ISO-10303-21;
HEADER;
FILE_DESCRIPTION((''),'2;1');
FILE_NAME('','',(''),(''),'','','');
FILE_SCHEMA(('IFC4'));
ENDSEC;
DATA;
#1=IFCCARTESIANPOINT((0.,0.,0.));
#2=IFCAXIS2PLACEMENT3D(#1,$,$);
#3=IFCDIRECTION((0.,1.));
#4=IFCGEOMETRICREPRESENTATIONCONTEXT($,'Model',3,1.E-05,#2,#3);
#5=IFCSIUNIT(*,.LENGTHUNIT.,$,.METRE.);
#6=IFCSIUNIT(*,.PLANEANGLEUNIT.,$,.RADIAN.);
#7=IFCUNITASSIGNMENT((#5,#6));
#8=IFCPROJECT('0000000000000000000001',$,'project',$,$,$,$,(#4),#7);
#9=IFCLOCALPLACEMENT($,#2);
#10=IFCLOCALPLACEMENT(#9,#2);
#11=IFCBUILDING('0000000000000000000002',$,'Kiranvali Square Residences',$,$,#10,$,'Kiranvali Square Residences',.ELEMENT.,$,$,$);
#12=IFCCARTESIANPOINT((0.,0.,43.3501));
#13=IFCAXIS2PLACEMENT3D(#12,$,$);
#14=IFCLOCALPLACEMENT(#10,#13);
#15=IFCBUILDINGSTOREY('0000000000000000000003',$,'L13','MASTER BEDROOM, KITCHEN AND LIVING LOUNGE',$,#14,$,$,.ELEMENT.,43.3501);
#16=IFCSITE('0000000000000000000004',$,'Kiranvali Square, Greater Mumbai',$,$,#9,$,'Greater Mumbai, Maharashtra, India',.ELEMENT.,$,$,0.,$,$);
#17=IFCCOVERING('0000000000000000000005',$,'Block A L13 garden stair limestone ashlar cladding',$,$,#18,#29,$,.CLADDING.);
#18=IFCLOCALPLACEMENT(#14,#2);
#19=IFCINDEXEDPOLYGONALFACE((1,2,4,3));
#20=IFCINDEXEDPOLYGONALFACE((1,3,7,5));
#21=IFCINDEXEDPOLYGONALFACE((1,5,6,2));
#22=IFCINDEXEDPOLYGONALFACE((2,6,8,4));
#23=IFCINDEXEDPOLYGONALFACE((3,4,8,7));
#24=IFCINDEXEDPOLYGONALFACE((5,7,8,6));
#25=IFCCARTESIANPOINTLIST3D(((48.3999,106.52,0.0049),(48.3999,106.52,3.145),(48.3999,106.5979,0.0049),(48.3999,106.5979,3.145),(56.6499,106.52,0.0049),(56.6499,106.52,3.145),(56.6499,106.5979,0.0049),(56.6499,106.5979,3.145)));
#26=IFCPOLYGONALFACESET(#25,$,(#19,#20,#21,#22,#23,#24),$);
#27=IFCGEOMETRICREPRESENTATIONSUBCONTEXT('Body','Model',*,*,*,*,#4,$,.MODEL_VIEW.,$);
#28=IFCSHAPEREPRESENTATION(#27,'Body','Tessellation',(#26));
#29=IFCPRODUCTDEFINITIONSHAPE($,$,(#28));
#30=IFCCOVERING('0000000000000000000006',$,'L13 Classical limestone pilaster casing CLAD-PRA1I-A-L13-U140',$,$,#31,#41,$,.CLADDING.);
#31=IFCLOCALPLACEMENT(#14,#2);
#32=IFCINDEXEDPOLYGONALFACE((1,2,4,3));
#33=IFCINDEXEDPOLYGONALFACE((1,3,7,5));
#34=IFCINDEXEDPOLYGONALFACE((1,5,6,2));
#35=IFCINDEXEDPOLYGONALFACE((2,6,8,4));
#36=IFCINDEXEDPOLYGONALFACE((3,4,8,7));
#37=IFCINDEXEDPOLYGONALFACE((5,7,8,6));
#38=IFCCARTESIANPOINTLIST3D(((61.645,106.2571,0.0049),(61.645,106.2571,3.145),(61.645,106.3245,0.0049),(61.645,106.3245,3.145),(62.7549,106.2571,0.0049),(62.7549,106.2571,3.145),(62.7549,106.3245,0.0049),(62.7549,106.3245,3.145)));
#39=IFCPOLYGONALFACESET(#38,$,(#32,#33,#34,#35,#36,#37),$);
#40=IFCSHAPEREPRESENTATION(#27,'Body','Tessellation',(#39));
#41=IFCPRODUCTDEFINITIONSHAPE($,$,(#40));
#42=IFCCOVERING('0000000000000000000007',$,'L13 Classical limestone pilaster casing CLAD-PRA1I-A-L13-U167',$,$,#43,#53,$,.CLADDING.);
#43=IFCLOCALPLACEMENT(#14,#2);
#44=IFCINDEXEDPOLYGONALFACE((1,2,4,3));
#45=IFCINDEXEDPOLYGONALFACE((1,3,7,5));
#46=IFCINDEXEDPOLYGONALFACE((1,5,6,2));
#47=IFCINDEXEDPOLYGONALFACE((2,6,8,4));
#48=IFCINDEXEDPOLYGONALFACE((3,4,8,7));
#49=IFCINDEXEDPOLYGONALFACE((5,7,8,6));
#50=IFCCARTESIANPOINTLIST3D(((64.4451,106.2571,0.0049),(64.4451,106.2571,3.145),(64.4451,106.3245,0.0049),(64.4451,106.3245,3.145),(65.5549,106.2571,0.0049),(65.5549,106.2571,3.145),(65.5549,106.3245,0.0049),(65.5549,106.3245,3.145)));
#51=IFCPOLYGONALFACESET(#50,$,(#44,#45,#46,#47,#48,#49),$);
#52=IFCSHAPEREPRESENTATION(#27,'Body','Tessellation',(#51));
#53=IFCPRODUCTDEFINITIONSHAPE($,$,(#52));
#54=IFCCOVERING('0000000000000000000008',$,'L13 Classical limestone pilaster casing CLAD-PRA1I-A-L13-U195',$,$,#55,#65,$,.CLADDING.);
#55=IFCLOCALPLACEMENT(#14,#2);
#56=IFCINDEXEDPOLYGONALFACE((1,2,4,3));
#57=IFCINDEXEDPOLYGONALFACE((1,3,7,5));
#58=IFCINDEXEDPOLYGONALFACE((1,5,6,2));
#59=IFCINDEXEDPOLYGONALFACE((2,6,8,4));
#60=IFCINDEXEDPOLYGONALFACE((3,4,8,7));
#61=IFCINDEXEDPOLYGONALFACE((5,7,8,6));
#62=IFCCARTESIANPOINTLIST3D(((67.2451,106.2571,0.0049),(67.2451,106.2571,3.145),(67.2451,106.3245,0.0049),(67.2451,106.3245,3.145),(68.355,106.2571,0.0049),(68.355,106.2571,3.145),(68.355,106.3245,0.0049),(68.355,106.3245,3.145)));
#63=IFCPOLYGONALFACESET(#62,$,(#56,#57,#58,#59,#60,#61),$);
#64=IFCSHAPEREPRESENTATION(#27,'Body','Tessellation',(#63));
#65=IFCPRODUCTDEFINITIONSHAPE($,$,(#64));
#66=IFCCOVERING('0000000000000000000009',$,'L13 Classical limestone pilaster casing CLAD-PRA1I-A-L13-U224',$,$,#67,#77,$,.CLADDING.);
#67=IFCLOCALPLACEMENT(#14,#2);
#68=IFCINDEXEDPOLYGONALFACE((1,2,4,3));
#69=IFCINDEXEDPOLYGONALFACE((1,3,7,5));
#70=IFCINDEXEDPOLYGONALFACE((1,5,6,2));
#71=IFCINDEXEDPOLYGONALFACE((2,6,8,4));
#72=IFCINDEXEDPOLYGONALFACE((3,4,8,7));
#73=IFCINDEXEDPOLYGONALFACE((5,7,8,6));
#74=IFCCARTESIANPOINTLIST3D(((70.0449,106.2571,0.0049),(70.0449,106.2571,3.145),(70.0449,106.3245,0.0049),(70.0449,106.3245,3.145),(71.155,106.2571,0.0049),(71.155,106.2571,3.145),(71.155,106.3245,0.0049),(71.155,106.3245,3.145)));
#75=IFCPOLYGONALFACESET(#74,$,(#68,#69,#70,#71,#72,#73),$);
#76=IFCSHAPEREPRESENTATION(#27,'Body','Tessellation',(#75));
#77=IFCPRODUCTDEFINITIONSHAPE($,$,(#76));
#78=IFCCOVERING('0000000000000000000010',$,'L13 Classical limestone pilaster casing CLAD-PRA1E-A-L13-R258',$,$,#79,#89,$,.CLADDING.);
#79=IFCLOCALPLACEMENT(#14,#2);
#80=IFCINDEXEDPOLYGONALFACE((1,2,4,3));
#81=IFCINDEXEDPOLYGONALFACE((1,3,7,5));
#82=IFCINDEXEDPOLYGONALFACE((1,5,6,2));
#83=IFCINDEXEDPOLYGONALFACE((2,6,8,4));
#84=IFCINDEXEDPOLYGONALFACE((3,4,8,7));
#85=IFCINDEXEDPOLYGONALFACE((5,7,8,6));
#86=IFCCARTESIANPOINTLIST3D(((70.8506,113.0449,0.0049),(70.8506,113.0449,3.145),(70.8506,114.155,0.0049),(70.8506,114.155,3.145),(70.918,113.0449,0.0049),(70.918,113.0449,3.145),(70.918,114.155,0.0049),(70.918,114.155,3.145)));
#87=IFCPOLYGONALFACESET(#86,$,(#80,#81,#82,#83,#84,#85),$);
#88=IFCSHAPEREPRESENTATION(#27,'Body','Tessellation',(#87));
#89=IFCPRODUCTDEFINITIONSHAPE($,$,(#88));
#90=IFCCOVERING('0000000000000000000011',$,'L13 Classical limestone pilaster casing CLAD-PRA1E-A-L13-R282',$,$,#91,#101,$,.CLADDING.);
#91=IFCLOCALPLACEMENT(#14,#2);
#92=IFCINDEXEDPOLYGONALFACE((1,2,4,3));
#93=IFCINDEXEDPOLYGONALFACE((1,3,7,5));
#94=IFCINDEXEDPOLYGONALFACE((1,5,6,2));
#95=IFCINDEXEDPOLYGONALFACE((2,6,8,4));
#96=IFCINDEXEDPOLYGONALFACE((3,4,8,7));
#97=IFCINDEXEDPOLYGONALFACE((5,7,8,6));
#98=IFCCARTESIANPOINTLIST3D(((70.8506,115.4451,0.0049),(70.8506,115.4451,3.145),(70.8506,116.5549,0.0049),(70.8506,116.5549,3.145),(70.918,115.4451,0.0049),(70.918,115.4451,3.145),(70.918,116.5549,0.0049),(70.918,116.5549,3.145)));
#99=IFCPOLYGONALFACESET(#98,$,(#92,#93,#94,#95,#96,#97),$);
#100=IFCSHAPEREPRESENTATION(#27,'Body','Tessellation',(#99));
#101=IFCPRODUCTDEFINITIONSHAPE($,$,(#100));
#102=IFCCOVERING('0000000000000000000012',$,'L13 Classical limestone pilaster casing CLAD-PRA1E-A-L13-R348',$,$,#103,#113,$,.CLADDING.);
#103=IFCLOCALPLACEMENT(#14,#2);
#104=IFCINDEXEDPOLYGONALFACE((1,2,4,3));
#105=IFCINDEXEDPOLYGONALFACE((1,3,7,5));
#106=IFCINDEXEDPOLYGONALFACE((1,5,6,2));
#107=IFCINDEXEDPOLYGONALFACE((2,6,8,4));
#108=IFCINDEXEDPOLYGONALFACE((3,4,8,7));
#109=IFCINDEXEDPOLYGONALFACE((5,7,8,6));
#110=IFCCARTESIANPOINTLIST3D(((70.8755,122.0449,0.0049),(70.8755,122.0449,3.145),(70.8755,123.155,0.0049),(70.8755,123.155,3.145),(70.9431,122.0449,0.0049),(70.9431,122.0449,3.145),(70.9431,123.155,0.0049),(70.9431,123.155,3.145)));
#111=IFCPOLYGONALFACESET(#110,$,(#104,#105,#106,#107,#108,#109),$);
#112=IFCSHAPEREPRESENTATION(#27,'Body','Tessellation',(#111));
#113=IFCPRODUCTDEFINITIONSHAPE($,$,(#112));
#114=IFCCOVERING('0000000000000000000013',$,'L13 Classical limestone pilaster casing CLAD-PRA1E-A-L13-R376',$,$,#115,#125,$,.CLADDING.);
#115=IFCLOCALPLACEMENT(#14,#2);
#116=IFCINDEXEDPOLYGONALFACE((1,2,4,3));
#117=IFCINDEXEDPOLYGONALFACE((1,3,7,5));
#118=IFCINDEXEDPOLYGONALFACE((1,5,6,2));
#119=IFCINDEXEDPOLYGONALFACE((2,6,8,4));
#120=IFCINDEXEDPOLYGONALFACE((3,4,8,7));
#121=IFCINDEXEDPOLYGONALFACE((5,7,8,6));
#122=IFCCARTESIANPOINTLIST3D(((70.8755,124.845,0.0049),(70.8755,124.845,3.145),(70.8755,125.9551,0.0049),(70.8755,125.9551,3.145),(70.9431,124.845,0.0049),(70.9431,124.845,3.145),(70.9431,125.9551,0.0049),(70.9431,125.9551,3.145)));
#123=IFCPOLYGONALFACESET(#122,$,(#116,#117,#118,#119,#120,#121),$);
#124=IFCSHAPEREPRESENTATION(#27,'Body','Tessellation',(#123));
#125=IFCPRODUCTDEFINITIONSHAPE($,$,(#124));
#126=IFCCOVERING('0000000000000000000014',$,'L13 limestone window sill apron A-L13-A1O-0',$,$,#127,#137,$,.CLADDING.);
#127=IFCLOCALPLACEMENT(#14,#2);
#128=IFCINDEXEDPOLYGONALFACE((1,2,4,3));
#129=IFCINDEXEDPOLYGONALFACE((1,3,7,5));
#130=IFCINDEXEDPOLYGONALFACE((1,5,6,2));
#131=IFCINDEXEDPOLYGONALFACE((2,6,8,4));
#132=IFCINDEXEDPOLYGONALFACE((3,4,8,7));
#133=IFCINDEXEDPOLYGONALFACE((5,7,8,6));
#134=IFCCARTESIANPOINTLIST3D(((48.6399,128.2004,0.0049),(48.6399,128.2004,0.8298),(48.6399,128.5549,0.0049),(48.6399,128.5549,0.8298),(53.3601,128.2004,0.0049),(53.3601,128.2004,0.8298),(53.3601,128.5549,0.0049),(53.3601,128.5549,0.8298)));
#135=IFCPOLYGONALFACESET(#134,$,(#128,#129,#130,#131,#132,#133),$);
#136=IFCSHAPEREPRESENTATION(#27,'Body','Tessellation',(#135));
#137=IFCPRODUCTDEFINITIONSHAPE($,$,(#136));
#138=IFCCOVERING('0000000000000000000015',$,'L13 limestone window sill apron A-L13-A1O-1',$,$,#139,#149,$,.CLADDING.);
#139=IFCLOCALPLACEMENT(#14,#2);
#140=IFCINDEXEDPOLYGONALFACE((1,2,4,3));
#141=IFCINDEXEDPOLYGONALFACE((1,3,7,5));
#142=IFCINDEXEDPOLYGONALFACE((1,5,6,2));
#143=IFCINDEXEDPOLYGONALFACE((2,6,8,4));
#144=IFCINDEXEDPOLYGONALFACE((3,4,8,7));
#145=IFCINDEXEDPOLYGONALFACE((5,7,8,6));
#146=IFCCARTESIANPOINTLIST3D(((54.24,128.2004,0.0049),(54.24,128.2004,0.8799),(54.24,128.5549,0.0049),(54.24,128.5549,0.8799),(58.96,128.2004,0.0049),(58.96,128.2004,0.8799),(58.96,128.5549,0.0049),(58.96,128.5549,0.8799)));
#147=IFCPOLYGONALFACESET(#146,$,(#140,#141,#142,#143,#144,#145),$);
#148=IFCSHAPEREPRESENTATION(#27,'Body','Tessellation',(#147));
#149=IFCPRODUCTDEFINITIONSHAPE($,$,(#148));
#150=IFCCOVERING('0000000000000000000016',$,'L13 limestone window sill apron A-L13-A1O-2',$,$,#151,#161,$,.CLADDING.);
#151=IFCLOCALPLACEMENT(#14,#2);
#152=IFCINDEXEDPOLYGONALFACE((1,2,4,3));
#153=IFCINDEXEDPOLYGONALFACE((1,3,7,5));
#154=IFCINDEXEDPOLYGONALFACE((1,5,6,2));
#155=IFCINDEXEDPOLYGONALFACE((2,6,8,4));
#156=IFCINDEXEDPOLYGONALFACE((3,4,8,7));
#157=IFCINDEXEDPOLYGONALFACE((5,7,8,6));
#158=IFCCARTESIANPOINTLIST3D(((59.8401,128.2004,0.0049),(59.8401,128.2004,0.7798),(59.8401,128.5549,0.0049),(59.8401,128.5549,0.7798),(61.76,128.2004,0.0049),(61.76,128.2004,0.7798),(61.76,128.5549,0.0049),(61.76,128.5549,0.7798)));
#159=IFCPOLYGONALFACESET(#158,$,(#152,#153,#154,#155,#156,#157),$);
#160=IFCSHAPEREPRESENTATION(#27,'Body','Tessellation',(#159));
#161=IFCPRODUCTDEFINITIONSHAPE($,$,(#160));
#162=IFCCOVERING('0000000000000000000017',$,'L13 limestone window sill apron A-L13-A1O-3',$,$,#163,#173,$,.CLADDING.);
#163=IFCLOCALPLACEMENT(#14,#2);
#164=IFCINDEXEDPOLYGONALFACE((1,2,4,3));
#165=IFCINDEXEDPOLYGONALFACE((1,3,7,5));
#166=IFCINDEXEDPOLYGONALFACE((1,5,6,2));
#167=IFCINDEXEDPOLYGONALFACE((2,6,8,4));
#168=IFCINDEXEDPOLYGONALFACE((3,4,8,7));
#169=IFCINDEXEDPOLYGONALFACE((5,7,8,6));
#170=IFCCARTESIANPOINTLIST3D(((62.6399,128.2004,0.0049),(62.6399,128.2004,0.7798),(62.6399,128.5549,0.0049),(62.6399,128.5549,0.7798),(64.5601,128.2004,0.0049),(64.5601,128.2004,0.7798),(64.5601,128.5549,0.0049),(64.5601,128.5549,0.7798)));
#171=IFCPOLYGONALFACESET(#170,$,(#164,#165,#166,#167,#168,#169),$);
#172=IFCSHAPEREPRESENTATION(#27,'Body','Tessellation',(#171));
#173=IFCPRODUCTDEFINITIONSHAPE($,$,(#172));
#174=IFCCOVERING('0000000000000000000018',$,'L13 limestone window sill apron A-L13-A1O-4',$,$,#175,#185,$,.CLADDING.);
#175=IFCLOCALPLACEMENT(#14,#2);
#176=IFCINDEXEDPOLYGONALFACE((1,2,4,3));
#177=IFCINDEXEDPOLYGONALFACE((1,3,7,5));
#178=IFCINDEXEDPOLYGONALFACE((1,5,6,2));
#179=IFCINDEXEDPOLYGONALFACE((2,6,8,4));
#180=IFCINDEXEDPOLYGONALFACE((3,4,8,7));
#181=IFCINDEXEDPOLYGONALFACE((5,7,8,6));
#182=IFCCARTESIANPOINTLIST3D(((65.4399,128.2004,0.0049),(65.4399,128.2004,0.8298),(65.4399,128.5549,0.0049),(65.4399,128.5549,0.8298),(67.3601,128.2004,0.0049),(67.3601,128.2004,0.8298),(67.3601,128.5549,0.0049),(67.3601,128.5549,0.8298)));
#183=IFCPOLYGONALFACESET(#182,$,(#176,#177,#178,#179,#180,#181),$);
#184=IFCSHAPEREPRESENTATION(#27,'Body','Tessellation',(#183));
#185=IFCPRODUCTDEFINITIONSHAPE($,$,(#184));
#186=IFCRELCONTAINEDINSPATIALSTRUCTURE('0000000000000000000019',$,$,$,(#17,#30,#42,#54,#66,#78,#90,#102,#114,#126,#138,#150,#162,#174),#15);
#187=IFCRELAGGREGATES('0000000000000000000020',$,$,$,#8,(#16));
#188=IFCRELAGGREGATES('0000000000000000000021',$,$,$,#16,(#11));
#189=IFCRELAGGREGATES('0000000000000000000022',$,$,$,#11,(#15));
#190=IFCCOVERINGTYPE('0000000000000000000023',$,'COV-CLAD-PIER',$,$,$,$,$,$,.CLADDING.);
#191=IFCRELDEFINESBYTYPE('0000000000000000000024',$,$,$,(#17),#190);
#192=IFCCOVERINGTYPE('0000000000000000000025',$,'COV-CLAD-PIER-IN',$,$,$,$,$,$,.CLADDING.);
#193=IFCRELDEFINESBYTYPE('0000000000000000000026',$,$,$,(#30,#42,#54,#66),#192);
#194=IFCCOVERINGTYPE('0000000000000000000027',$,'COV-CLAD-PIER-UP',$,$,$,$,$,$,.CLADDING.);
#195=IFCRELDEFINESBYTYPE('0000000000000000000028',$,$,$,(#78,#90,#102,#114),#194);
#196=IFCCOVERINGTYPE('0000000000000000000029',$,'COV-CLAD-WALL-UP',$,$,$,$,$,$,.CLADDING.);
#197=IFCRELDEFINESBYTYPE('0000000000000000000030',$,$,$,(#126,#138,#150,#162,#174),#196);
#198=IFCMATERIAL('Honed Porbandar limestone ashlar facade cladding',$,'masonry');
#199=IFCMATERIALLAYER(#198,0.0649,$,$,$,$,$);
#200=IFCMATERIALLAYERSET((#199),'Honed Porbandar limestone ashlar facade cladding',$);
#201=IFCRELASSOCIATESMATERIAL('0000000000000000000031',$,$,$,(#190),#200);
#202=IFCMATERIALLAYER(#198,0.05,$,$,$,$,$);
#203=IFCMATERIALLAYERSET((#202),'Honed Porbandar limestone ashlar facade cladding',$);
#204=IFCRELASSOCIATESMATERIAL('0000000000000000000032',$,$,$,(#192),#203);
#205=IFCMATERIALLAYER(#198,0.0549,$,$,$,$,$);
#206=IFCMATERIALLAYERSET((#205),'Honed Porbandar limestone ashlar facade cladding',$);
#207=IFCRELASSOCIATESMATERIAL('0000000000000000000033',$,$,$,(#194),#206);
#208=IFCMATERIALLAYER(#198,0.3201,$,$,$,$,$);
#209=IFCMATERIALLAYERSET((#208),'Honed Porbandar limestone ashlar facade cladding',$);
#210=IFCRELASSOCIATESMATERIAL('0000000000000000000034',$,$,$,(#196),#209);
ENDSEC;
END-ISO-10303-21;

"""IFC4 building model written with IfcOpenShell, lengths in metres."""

from ifc_helpers import new_model, si_unit, direction, frame, origin, place, context, subcontext, project, spatial, polyline, outline, extrude, material, layer, layer_set, type_object, element, save


model = new_model("IFC4")

# Units and contexts
model_context = context("Model", 3, precision=1e-05, world=origin(), true_north=direction((0.0, 1.0)))
body_context = subcontext(model_context, "Body", "Model", "MODEL_VIEW")
ifc_project = project(units=[si_unit("LENGTHUNIT", "METRE"), si_unit("PLANEANGLEUNIT", "RADIAN")], contexts=[model_context])

# Site, building, storey
site_placement = place(None, origin())
site = spatial("IfcSite", under=ifc_project, at=site_placement, Name="Kiranvali Square, Greater Mumbai", LongName="Greater Mumbai, Maharashtra, India", CompositionType="ELEMENT", RefElevation=0.0)
building_placement = place(site_placement, origin())
building = spatial("IfcBuilding", under=site, at=building_placement, Name="Kiranvali Square Residences", LongName="Kiranvali Square Residences", CompositionType="ELEMENT")
storey_placement = place(building_placement, frame((0.0, 0.0, 43.3501)))
storey = spatial("IfcBuildingStorey", under=building, at=storey_placement, Name="L13", Description="MASTER BEDROOM, KITCHEN AND LIVING LOUNGE", CompositionType="ELEMENT", Elevation=43.3501)

# Coverings
ifc_material = material(Name="Honed Porbandar limestone ashlar facade cladding", Category="masonry")
ifc_layer_1 = layer(ifc_material, 0.0649)
ifc_layer_set_1 = layer_set([ifc_layer_1], Name="Honed Porbandar limestone ashlar facade cladding")
covering_type_1 = type_object("IfcCoveringType", Name="COV-CLAD-PIER", PredefinedType="CLADDING", material=ifc_layer_set_1)
covering_1_placement = place(storey_placement, frame((0.0, 0.0, 0.0049)))
element("IfcCovering", 1, at=covering_1_placement, inside=storey, type_object=covering_type_1, Name="Block A L13 garden stair limestone ashlar cladding", PredefinedType="CLADDING", context=body_context, shape_type="SweptSolid", body=[
    extrude(outline(polyline([(48.3999, 106.52), (56.6499, 106.52), (56.6499, 106.5979), (48.3999, 106.5979), (48.3999, 106.52)])), origin(), (0.0, 0.0, 1.0), 3.1401),
])
ifc_layer_2 = layer(ifc_material, 0.05)
ifc_layer_set_2 = layer_set([ifc_layer_2], Name="Honed Porbandar limestone ashlar facade cladding")
covering_type_2 = type_object("IfcCoveringType", Name="COV-CLAD-PIER-IN", PredefinedType="CLADDING", material=ifc_layer_set_2)
covering_2_placement = place(storey_placement, frame((0.0, 0.0, 0.0049)))
element("IfcCovering", 2, at=covering_2_placement, inside=storey, type_object=covering_type_2, Name="L13 Classical limestone pilaster casing CLAD-PRA1I-A-L13-U140", PredefinedType="CLADDING", context=body_context, shape_type="SweptSolid", body=[
    extrude(outline(polyline([(61.645, 106.2571), (62.7549, 106.2571), (62.7549, 106.3245), (61.645, 106.3245), (61.645, 106.2571)])), origin(), (0.0, 0.0, 1.0), 3.1401),
])
covering_3_placement = place(storey_placement, frame((0.0, 0.0, 0.0049)))
element("IfcCovering", 3, at=covering_3_placement, inside=storey, type_object=covering_type_2, Name="L13 Classical limestone pilaster casing CLAD-PRA1I-A-L13-U167", PredefinedType="CLADDING", context=body_context, shape_type="SweptSolid", body=[
    extrude(outline(polyline([(64.4451, 106.2571), (65.5549, 106.2571), (65.5549, 106.3245), (64.4451, 106.3245), (64.4451, 106.2571)])), origin(), (0.0, 0.0, 1.0), 3.1401),
])
covering_4_placement = place(storey_placement, frame((0.0, 0.0, 0.0049)))
element("IfcCovering", 4, at=covering_4_placement, inside=storey, type_object=covering_type_2, Name="L13 Classical limestone pilaster casing CLAD-PRA1I-A-L13-U195", PredefinedType="CLADDING", context=body_context, shape_type="SweptSolid", body=[
    extrude(outline(polyline([(67.2451, 106.2571), (68.355, 106.2571), (68.355, 106.3245), (67.2451, 106.3245), (67.2451, 106.2571)])), origin(), (0.0, 0.0, 1.0), 3.1401),
])
covering_5_placement = place(storey_placement, frame((0.0, 0.0, 0.0049)))
element("IfcCovering", 5, at=covering_5_placement, inside=storey, type_object=covering_type_2, Name="L13 Classical limestone pilaster casing CLAD-PRA1I-A-L13-U224", PredefinedType="CLADDING", context=body_context, shape_type="SweptSolid", body=[
    extrude(outline(polyline([(70.0449, 106.2571), (71.155, 106.2571), (71.155, 106.3245), (70.0449, 106.3245), (70.0449, 106.2571)])), origin(), (0.0, 0.0, 1.0), 3.1401),
])
ifc_layer_3 = layer(ifc_material, 0.0549)
ifc_layer_set_3 = layer_set([ifc_layer_3], Name="Honed Porbandar limestone ashlar facade cladding")
covering_type_3 = type_object("IfcCoveringType", Name="COV-CLAD-PIER-UP", PredefinedType="CLADDING", material=ifc_layer_set_3)
covering_6_placement = place(storey_placement, frame((0.0, 0.0, 0.0049)))
element("IfcCovering", 6, at=covering_6_placement, inside=storey, type_object=covering_type_3, Name="L13 Classical limestone pilaster casing CLAD-PRA1E-A-L13-R258", PredefinedType="CLADDING", context=body_context, shape_type="SweptSolid", body=[
    extrude(outline(polyline([(70.918, 113.0449), (70.918, 114.155), (70.8506, 114.155), (70.8506, 113.0449), (70.918, 113.0449)])), origin(), (0.0, 0.0, 1.0), 3.1401),
])
covering_7_placement = place(storey_placement, frame((0.0, 0.0, 0.0049)))
element("IfcCovering", 7, at=covering_7_placement, inside=storey, type_object=covering_type_3, Name="L13 Classical limestone pilaster casing CLAD-PRA1E-A-L13-R282", PredefinedType="CLADDING", context=body_context, shape_type="SweptSolid", body=[
    extrude(outline(polyline([(70.918, 115.4451), (70.918, 116.5549), (70.8506, 116.5549), (70.8506, 115.4451), (70.918, 115.4451)])), origin(), (0.0, 0.0, 1.0), 3.1401),
])
covering_8_placement = place(storey_placement, frame((0.0, 0.0, 0.0049)))
element("IfcCovering", 8, at=covering_8_placement, inside=storey, type_object=covering_type_3, Name="L13 Classical limestone pilaster casing CLAD-PRA1E-A-L13-R348", PredefinedType="CLADDING", context=body_context, shape_type="SweptSolid", body=[
    extrude(outline(polyline([(70.9431, 122.0449), (70.9431, 123.155), (70.8755, 123.155), (70.8755, 122.0449), (70.9431, 122.0449)])), origin(), (0.0, 0.0, 1.0), 3.1401),
])
covering_9_placement = place(storey_placement, frame((0.0, 0.0, 0.0049)))
element("IfcCovering", 9, at=covering_9_placement, inside=storey, type_object=covering_type_3, Name="L13 Classical limestone pilaster casing CLAD-PRA1E-A-L13-R376", PredefinedType="CLADDING", context=body_context, shape_type="SweptSolid", body=[
    extrude(outline(polyline([(70.9431, 124.845), (70.9431, 125.9551), (70.8755, 125.9551), (70.8755, 124.845), (70.9431, 124.845)])), origin(), (0.0, 0.0, 1.0), 3.1401),
])
ifc_layer_4 = layer(ifc_material, 0.3201)
ifc_layer_set_4 = layer_set([ifc_layer_4], Name="Honed Porbandar limestone ashlar facade cladding")
covering_type_4 = type_object("IfcCoveringType", Name="COV-CLAD-WALL-UP", PredefinedType="CLADDING", material=ifc_layer_set_4)
covering_10_placement = place(storey_placement, frame((0.0, 0.0, 0.0049)))
element("IfcCovering", 10, at=covering_10_placement, inside=storey, type_object=covering_type_4, Name="L13 limestone window sill apron A-L13-A1O-0", PredefinedType="CLADDING", context=body_context, shape_type="SweptSolid", body=[
    extrude(outline(polyline([(48.6399, 128.2004), (53.3601, 128.2004), (53.3601, 128.5549), (48.6399, 128.5549), (48.6399, 128.2004)])), origin(), (0.0, 0.0, 1.0), 0.825),
])
covering_11_placement = place(storey_placement, frame((0.0, 0.0, 0.0049)))
element("IfcCovering", 11, at=covering_11_placement, inside=storey, type_object=covering_type_4, Name="L13 limestone window sill apron A-L13-A1O-1", PredefinedType="CLADDING", context=body_context, shape_type="SweptSolid", body=[
    extrude(outline(polyline([(54.24, 128.2004), (58.96, 128.2004), (58.96, 128.5549), (54.24, 128.5549), (54.24, 128.2004)])), origin(), (0.0, 0.0, 1.0), 0.875),
])
covering_12_placement = place(storey_placement, frame((0.0, 0.0, 0.0049)))
element("IfcCovering", 12, at=covering_12_placement, inside=storey, type_object=covering_type_4, Name="L13 limestone window sill apron A-L13-A1O-2", PredefinedType="CLADDING", context=body_context, shape_type="SweptSolid", body=[
    extrude(outline(polyline([(59.8401, 128.2004), (61.76, 128.2004), (61.76, 128.5549), (59.8401, 128.5549), (59.8401, 128.2004)])), origin(), (0.0, 0.0, 1.0), 0.7749),
])
covering_13_placement = place(storey_placement, frame((0.0, 0.0, 0.0049)))
element("IfcCovering", 13, at=covering_13_placement, inside=storey, type_object=covering_type_4, Name="L13 limestone window sill apron A-L13-A1O-3", PredefinedType="CLADDING", context=body_context, shape_type="SweptSolid", body=[
    extrude(outline(polyline([(62.6399, 128.2004), (64.5601, 128.2004), (64.5601, 128.5549), (62.6399, 128.5549), (62.6399, 128.2004)])), origin(), (0.0, 0.0, 1.0), 0.7749),
])
covering_14_placement = place(storey_placement, frame((0.0, 0.0, 0.0049)))
element("IfcCovering", 14, at=covering_14_placement, inside=storey, type_object=covering_type_4, Name="L13 limestone window sill apron A-L13-A1O-4", PredefinedType="CLADDING", context=body_context, shape_type="SweptSolid", body=[
    extrude(outline(polyline([(65.4399, 128.2004), (67.3601, 128.2004), (67.3601, 128.5549), (65.4399, 128.5549), (65.4399, 128.2004)])), origin(), (0.0, 0.0, 1.0), 0.825),
])

save(model, "model.ifc")
